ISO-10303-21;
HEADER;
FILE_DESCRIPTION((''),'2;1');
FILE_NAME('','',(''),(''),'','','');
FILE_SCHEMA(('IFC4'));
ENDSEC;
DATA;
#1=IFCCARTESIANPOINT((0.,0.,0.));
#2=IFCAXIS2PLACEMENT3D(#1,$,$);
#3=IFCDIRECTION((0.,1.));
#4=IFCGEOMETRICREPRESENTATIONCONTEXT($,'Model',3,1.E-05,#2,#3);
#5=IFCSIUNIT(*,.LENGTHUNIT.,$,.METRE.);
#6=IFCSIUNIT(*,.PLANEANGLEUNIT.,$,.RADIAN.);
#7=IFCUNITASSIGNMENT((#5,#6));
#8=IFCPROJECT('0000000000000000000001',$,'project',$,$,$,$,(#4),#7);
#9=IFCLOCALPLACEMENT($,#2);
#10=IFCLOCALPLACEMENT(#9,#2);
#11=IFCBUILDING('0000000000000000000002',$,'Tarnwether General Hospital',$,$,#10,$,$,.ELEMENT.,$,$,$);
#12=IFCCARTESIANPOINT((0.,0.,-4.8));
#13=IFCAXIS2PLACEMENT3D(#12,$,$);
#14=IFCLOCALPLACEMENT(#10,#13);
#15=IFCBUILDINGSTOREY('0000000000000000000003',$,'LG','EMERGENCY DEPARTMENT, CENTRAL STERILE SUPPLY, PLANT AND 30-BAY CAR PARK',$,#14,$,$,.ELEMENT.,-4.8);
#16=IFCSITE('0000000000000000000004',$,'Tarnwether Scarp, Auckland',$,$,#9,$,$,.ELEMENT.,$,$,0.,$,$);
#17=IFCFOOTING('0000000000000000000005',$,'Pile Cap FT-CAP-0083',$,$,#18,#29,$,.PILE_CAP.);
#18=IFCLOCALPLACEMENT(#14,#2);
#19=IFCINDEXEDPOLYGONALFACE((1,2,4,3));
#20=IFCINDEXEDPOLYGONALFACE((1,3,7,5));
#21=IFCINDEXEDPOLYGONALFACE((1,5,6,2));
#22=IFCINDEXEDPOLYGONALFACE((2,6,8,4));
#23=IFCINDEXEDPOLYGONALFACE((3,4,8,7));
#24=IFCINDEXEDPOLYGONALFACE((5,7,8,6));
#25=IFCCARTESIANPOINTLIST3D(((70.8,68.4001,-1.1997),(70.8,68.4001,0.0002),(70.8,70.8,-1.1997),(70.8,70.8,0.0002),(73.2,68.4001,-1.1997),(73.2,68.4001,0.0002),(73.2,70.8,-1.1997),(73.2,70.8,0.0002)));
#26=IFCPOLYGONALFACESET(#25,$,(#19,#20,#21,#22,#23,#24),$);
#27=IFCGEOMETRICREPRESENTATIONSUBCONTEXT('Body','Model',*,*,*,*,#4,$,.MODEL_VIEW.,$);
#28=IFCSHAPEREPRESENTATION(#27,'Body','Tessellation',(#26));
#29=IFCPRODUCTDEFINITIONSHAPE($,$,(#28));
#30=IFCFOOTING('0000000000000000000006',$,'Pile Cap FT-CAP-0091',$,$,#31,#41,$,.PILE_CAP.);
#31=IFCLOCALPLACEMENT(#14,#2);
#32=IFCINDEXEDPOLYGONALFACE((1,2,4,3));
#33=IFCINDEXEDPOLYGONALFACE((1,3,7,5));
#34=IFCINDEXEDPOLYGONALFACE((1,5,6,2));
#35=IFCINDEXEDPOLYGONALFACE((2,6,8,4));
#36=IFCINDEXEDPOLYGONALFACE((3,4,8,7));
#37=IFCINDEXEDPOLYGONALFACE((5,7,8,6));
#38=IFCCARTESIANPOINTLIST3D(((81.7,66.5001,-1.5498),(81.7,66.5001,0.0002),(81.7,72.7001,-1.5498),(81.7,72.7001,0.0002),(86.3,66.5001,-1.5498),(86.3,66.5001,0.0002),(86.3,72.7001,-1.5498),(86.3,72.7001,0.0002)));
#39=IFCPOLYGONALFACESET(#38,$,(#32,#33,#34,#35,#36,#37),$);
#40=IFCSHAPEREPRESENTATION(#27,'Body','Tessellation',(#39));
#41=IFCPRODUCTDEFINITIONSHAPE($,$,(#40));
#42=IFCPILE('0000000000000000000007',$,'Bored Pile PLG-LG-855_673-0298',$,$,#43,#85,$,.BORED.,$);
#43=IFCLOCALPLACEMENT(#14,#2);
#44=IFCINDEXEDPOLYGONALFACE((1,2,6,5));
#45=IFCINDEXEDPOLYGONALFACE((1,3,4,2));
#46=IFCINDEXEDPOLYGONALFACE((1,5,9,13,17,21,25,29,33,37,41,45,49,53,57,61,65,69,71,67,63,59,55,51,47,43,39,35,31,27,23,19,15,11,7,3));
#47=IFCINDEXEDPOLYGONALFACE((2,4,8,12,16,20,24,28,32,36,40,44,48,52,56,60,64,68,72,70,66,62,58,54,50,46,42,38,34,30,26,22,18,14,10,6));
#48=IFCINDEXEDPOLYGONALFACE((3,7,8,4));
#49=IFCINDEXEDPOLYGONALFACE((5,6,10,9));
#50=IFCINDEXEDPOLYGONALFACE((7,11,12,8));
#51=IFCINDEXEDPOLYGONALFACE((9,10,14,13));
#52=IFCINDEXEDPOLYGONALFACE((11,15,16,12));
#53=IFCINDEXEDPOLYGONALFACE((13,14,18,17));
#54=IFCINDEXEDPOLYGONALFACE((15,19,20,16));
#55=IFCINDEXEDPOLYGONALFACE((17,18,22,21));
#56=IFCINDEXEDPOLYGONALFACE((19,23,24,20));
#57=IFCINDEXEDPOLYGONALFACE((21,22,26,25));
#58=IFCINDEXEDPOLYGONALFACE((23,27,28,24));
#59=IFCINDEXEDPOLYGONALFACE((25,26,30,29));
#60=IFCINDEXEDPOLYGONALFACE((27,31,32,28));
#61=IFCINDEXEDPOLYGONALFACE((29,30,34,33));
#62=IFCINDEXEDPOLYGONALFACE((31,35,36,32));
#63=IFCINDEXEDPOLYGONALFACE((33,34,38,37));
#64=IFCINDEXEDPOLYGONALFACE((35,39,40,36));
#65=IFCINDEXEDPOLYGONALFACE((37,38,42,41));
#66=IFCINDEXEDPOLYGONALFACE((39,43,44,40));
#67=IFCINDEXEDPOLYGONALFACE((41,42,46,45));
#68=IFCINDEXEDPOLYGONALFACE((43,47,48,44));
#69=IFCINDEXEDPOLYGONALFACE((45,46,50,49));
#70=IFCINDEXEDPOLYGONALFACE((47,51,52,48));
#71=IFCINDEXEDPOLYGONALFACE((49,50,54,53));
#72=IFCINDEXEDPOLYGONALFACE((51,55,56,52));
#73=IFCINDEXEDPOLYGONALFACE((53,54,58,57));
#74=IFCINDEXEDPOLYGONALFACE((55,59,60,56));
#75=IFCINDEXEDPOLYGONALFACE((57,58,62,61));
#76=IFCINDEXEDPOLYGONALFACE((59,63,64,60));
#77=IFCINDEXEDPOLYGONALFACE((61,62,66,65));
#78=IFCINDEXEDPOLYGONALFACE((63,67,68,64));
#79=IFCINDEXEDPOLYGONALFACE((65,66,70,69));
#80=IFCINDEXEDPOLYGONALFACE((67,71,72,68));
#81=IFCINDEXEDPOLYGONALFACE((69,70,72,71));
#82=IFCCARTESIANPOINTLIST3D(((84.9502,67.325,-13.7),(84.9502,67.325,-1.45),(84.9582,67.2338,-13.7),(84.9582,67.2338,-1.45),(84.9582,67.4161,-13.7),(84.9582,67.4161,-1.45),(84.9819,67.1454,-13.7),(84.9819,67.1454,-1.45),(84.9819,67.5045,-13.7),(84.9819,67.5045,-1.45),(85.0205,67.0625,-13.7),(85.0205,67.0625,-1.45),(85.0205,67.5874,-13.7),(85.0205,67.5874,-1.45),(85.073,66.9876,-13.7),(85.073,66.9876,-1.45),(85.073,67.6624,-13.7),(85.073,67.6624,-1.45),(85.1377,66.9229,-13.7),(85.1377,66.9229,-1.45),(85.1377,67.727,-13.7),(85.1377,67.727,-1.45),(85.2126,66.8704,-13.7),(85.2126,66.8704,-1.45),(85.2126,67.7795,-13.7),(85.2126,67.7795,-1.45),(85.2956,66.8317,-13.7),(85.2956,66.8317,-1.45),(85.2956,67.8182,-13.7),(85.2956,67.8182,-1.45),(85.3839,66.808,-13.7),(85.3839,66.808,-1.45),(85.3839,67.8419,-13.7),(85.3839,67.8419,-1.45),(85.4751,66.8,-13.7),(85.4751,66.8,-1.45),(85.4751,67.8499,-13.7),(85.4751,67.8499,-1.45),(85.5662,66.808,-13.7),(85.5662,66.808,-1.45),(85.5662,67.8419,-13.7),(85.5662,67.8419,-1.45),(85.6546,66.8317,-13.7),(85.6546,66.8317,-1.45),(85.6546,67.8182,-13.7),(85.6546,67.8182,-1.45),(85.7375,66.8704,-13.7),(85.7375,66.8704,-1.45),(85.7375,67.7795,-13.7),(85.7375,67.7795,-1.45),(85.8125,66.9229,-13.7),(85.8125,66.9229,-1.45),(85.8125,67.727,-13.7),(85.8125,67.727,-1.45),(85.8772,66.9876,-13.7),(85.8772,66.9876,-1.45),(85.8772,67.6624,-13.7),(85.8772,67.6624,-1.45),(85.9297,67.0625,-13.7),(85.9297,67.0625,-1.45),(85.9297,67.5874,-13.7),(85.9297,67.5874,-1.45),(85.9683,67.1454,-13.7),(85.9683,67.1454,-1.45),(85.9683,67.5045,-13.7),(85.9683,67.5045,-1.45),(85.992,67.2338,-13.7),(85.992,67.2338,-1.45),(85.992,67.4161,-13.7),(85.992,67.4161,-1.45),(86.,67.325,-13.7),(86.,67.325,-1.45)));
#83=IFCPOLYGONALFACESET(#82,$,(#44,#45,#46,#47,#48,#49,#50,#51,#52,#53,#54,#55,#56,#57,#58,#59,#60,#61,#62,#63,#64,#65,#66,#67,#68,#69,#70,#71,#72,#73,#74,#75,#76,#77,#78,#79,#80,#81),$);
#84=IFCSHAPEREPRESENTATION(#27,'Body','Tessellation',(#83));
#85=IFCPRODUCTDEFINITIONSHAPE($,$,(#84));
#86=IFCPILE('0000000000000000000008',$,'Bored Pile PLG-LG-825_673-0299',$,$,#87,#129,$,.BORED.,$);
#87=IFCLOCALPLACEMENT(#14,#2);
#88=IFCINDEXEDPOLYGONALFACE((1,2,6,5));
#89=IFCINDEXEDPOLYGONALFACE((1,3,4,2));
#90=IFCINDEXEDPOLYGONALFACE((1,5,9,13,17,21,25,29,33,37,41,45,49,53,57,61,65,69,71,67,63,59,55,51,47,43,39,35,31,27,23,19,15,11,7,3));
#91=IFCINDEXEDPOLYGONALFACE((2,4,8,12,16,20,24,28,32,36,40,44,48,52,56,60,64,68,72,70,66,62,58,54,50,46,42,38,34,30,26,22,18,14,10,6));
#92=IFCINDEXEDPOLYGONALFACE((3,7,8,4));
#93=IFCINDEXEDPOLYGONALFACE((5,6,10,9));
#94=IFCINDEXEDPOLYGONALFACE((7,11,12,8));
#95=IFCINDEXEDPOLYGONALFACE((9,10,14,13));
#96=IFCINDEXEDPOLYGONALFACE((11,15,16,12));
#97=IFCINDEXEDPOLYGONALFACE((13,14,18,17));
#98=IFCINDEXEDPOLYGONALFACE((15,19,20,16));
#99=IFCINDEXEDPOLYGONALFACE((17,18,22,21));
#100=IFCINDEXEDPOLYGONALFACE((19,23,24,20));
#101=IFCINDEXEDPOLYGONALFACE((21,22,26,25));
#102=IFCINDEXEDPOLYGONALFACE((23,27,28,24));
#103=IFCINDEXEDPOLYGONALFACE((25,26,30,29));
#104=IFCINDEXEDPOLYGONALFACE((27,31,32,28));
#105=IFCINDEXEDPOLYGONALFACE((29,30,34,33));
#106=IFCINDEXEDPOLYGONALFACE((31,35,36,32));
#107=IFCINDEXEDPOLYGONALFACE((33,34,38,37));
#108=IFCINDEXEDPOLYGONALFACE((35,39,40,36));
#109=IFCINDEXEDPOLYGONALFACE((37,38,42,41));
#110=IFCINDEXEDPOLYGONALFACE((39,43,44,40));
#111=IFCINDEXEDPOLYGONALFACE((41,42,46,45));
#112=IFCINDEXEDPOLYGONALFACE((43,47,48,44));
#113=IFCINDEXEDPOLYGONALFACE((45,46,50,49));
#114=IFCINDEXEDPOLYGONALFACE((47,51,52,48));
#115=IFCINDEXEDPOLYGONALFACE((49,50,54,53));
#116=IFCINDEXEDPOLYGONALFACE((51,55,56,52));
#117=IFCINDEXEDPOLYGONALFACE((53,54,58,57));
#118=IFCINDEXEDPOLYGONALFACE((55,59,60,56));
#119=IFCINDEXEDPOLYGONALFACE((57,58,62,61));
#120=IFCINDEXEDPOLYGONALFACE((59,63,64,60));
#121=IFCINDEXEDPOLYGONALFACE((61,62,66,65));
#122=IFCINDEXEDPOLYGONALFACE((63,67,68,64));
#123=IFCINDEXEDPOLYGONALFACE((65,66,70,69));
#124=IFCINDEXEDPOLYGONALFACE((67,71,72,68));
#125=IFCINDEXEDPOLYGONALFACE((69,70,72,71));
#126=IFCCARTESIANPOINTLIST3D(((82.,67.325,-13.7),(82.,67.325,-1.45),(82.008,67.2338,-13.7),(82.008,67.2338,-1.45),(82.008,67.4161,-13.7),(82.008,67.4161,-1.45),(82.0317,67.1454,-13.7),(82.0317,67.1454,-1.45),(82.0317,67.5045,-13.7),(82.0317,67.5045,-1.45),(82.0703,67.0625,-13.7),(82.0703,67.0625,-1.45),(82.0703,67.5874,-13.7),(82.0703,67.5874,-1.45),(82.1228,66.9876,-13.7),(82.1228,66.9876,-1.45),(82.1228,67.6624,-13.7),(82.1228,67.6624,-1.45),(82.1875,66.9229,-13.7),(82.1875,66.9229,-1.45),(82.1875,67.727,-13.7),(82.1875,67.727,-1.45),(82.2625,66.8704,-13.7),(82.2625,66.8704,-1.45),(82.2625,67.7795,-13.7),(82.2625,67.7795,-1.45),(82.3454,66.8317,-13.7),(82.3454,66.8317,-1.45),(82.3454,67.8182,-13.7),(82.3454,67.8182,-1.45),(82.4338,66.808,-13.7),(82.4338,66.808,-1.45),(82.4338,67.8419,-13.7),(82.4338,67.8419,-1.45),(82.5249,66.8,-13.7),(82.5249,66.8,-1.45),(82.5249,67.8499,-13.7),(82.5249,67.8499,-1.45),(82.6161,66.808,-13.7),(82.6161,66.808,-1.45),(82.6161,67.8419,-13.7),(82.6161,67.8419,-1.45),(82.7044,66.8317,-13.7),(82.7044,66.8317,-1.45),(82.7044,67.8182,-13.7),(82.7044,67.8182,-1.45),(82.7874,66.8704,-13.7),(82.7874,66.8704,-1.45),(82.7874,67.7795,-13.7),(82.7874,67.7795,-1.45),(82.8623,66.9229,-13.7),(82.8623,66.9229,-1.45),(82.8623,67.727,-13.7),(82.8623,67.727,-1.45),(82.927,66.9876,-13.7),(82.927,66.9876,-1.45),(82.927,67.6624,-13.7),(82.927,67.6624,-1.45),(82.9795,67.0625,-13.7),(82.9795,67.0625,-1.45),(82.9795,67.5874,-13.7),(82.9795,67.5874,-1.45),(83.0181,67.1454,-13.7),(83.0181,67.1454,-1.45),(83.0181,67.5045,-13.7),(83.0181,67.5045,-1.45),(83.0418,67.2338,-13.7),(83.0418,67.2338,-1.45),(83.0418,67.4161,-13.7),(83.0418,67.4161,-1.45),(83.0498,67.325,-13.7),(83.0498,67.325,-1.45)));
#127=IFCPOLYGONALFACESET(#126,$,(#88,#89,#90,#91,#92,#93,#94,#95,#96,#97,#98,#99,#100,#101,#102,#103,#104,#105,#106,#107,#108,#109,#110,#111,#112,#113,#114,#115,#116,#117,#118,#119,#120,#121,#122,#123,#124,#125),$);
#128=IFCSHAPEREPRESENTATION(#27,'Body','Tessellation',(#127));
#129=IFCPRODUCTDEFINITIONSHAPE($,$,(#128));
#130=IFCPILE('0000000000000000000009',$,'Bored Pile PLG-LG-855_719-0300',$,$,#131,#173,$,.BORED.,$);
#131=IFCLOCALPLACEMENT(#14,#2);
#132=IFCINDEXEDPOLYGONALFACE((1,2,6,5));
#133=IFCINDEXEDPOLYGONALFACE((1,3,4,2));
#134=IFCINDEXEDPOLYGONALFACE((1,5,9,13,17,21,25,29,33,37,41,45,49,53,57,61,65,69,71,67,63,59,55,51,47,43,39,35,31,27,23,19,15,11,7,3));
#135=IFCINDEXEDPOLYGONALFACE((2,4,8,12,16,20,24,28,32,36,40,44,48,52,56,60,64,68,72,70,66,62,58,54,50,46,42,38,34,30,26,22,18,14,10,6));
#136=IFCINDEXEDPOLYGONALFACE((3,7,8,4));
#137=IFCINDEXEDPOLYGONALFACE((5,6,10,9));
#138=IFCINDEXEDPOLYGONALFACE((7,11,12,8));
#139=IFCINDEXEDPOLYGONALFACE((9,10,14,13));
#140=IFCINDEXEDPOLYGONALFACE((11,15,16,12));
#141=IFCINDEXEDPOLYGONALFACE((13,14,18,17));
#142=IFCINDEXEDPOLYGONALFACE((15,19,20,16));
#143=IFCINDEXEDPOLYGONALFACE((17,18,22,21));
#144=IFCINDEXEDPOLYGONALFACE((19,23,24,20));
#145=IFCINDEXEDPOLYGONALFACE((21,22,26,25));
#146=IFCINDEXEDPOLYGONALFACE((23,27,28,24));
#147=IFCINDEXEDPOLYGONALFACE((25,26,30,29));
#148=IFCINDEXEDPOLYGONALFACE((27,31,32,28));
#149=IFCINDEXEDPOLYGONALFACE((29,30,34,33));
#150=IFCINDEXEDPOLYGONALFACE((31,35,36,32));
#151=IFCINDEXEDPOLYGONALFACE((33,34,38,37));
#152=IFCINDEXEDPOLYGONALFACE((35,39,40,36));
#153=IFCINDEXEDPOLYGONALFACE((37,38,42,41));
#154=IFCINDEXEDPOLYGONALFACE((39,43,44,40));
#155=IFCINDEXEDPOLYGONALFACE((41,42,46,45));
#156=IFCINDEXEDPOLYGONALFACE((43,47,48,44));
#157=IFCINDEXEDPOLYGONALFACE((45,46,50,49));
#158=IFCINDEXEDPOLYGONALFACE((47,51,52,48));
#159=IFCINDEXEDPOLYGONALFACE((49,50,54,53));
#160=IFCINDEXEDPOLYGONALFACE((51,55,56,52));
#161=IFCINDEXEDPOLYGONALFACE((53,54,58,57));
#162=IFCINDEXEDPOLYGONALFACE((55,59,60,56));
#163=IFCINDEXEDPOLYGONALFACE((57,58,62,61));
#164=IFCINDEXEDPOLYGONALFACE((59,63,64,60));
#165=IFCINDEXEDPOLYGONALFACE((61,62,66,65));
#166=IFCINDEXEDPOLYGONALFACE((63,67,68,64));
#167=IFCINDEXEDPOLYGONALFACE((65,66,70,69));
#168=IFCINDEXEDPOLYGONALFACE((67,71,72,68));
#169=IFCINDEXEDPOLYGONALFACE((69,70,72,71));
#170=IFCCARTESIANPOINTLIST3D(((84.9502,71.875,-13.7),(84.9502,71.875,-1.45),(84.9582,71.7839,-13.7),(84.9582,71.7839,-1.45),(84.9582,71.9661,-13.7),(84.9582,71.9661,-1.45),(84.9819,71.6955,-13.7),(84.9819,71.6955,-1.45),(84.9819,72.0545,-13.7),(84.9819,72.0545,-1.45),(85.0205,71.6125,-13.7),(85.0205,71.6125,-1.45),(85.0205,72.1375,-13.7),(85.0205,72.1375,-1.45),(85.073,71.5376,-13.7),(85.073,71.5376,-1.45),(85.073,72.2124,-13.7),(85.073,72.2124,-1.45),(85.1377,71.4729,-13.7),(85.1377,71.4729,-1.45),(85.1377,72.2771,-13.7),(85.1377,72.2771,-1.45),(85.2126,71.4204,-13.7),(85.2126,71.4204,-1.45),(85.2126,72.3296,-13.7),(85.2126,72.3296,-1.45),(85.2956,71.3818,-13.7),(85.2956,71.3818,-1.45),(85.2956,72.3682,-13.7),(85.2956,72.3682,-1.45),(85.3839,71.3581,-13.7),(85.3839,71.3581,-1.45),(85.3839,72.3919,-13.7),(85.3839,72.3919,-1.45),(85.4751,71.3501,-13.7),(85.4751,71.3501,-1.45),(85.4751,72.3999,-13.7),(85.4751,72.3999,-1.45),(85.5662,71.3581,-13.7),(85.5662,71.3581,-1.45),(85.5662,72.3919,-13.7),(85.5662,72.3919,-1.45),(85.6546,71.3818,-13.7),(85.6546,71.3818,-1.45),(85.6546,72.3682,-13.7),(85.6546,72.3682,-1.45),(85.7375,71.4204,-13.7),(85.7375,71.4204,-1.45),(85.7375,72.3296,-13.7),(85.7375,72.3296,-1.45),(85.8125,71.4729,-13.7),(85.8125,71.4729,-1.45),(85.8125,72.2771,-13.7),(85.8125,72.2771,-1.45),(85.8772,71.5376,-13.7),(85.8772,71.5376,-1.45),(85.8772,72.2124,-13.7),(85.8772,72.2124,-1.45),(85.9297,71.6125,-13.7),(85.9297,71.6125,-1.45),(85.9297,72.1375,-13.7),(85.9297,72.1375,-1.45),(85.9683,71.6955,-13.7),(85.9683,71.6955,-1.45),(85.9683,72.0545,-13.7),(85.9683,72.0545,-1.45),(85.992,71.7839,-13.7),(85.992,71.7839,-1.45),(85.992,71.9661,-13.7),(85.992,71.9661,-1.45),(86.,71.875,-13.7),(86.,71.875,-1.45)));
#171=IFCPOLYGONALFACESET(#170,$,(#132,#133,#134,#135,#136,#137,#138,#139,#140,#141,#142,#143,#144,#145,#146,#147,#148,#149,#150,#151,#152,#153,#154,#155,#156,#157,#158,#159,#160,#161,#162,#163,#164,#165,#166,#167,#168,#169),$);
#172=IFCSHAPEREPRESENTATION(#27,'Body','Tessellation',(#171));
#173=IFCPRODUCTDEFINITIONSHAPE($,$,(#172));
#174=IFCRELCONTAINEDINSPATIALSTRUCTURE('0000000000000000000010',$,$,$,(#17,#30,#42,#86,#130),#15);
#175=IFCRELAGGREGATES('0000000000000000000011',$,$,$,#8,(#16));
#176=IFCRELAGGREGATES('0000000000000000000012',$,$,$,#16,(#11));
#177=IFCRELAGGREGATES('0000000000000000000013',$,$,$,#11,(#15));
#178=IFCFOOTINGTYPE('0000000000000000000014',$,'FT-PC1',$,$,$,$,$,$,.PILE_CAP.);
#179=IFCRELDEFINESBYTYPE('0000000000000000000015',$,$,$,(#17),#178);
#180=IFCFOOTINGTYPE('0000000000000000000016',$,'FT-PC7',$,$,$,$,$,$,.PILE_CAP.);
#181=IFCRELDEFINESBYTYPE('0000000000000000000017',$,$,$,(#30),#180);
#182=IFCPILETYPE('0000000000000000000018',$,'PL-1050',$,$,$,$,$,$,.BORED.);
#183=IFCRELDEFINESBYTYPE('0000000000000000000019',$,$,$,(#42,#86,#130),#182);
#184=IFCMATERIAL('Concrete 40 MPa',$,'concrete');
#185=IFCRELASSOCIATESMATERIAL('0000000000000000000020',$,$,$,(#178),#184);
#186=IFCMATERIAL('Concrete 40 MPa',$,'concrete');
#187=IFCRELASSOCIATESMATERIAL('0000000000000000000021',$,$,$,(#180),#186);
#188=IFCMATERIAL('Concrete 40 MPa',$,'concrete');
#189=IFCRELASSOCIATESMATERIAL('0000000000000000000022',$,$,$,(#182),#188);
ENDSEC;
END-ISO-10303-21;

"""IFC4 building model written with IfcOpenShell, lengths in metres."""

from ifc_helpers import new_model, si_unit, direction, frame, origin, origin_2d, place, context, subcontext, project, spatial, rectangle, circle, extrude, material, material_profile, profile_set, type_object, element, save


model = new_model("IFC4")

# Units and contexts
model_context = context("Model", 3, precision=1e-05, world=origin(), true_north=direction((0.0, 1.0)))
body_context = subcontext(model_context, "Body", "Model", "MODEL_VIEW")
ifc_project = project(units=[si_unit("LENGTHUNIT", "METRE"), si_unit("PLANEANGLEUNIT", "RADIAN")], contexts=[model_context])

# Site, building, storey
site_placement = place(None, origin())
site = spatial("IfcSite", under=ifc_project, at=site_placement, Name="Tarnwether Scarp, Auckland", CompositionType="ELEMENT", RefElevation=0.0)
building_placement = place(site_placement, origin())
building = spatial("IfcBuilding", under=site, at=building_placement, Name="Tarnwether General Hospital", CompositionType="ELEMENT")
storey_placement = place(building_placement, frame((0.0, 0.0, -4.8)))
storey = spatial("IfcBuildingStorey", under=building, at=storey_placement, Name="LG", Description="EMERGENCY DEPARTMENT, CENTRAL STERILE SUPPLY, PLANT AND 30-BAY CAR PARK", CompositionType="ELEMENT", Elevation=-4.8)

# Footings
ifc_material_1 = material(Name="Concrete 40 MPa", Category="concrete")
footing_type_1 = type_object("IfcFootingType", Name="FT-PC1", PredefinedType="PILE_CAP", material=ifc_material_1)
footing_1_placement = place(storey_placement, frame((72.0, 69.6001, -1.1997), z_axis=(0.0, 0.0, 1.0), x_axis=(1.0, 0.0, 0.0)))
element("IfcFooting", 1, at=footing_1_placement, inside=storey, type_object=footing_type_1, Name="Pile Cap FT-CAP-0083", PredefinedType="PILE_CAP", context=body_context, shape_type="SweptSolid", body=[
    extrude(rectangle(XDim=2.3999, YDim=2.3999, at=origin_2d()), origin(), (0.0, 0.0, 1.0), 1.2),
])
ifc_material_2 = material(Name="Concrete 40 MPa", Category="concrete")
footing_type_2 = type_object("IfcFootingType", Name="FT-PC7", PredefinedType="PILE_CAP", material=ifc_material_2)
footing_2_placement = place(storey_placement, frame((84.0, 69.6001, -1.5498), z_axis=(0.0, 0.0, 1.0), x_axis=(0.0, 1.0, 0.0)))
element("IfcFooting", 2, at=footing_2_placement, inside=storey, type_object=footing_type_2, Name="Pile Cap FT-CAP-0091", PredefinedType="PILE_CAP", context=body_context, shape_type="SweptSolid", body=[
    extrude(rectangle(XDim=6.2, YDim=4.6001, at=origin_2d()), origin(), (0.0, 0.0, 1.0), 1.55),
])

# Piles
ifc_material_3 = material(Name="Concrete 40 MPa", Category="concrete")
ifc_material_profile_1 = material_profile(ifc_material_3, circle(Radius=0.5249, at=origin_2d()), Name="PILE-D1050")
ifc_profile_set_1 = profile_set([ifc_material_profile_1], Name="Concrete 40 MPa")
pile_type_1 = type_object("IfcPileType", Name="PL-1050", PredefinedType="BORED", material=ifc_profile_set_1)
for number, where, z_axis, x_axis, name in (
    (3, (85.4751, 67.325, -1.45), (0.0, 0.0, -1.0), (1.0, 0.0, 0.0), "Bored Pile PLG-LG-855_673-0298"),
    (4, (82.5249, 67.325, -1.45), (0.0, 0.0, -1.0), (1.0, 0.0, 0.0), "Bored Pile PLG-LG-825_673-0299"),
    (5, (85.4751, 71.875, -1.45), (0.0, 0.0, -1.0), (1.0, 0.0, 0.0), "Bored Pile PLG-LG-855_719-0300"),
):
    element("IfcPile", number, at=place(storey_placement, frame(where, z_axis=z_axis, x_axis=x_axis)), inside=storey, type_object=pile_type_1, Name=name, PredefinedType="BORED", context=body_context, shape_type="SweptSolid", body=[
        extrude(circle(Radius=0.5249, at=origin_2d()), origin(), (0.0, 0.0, 1.0), 12.25),
    ])

save(model, "model.ifc")
